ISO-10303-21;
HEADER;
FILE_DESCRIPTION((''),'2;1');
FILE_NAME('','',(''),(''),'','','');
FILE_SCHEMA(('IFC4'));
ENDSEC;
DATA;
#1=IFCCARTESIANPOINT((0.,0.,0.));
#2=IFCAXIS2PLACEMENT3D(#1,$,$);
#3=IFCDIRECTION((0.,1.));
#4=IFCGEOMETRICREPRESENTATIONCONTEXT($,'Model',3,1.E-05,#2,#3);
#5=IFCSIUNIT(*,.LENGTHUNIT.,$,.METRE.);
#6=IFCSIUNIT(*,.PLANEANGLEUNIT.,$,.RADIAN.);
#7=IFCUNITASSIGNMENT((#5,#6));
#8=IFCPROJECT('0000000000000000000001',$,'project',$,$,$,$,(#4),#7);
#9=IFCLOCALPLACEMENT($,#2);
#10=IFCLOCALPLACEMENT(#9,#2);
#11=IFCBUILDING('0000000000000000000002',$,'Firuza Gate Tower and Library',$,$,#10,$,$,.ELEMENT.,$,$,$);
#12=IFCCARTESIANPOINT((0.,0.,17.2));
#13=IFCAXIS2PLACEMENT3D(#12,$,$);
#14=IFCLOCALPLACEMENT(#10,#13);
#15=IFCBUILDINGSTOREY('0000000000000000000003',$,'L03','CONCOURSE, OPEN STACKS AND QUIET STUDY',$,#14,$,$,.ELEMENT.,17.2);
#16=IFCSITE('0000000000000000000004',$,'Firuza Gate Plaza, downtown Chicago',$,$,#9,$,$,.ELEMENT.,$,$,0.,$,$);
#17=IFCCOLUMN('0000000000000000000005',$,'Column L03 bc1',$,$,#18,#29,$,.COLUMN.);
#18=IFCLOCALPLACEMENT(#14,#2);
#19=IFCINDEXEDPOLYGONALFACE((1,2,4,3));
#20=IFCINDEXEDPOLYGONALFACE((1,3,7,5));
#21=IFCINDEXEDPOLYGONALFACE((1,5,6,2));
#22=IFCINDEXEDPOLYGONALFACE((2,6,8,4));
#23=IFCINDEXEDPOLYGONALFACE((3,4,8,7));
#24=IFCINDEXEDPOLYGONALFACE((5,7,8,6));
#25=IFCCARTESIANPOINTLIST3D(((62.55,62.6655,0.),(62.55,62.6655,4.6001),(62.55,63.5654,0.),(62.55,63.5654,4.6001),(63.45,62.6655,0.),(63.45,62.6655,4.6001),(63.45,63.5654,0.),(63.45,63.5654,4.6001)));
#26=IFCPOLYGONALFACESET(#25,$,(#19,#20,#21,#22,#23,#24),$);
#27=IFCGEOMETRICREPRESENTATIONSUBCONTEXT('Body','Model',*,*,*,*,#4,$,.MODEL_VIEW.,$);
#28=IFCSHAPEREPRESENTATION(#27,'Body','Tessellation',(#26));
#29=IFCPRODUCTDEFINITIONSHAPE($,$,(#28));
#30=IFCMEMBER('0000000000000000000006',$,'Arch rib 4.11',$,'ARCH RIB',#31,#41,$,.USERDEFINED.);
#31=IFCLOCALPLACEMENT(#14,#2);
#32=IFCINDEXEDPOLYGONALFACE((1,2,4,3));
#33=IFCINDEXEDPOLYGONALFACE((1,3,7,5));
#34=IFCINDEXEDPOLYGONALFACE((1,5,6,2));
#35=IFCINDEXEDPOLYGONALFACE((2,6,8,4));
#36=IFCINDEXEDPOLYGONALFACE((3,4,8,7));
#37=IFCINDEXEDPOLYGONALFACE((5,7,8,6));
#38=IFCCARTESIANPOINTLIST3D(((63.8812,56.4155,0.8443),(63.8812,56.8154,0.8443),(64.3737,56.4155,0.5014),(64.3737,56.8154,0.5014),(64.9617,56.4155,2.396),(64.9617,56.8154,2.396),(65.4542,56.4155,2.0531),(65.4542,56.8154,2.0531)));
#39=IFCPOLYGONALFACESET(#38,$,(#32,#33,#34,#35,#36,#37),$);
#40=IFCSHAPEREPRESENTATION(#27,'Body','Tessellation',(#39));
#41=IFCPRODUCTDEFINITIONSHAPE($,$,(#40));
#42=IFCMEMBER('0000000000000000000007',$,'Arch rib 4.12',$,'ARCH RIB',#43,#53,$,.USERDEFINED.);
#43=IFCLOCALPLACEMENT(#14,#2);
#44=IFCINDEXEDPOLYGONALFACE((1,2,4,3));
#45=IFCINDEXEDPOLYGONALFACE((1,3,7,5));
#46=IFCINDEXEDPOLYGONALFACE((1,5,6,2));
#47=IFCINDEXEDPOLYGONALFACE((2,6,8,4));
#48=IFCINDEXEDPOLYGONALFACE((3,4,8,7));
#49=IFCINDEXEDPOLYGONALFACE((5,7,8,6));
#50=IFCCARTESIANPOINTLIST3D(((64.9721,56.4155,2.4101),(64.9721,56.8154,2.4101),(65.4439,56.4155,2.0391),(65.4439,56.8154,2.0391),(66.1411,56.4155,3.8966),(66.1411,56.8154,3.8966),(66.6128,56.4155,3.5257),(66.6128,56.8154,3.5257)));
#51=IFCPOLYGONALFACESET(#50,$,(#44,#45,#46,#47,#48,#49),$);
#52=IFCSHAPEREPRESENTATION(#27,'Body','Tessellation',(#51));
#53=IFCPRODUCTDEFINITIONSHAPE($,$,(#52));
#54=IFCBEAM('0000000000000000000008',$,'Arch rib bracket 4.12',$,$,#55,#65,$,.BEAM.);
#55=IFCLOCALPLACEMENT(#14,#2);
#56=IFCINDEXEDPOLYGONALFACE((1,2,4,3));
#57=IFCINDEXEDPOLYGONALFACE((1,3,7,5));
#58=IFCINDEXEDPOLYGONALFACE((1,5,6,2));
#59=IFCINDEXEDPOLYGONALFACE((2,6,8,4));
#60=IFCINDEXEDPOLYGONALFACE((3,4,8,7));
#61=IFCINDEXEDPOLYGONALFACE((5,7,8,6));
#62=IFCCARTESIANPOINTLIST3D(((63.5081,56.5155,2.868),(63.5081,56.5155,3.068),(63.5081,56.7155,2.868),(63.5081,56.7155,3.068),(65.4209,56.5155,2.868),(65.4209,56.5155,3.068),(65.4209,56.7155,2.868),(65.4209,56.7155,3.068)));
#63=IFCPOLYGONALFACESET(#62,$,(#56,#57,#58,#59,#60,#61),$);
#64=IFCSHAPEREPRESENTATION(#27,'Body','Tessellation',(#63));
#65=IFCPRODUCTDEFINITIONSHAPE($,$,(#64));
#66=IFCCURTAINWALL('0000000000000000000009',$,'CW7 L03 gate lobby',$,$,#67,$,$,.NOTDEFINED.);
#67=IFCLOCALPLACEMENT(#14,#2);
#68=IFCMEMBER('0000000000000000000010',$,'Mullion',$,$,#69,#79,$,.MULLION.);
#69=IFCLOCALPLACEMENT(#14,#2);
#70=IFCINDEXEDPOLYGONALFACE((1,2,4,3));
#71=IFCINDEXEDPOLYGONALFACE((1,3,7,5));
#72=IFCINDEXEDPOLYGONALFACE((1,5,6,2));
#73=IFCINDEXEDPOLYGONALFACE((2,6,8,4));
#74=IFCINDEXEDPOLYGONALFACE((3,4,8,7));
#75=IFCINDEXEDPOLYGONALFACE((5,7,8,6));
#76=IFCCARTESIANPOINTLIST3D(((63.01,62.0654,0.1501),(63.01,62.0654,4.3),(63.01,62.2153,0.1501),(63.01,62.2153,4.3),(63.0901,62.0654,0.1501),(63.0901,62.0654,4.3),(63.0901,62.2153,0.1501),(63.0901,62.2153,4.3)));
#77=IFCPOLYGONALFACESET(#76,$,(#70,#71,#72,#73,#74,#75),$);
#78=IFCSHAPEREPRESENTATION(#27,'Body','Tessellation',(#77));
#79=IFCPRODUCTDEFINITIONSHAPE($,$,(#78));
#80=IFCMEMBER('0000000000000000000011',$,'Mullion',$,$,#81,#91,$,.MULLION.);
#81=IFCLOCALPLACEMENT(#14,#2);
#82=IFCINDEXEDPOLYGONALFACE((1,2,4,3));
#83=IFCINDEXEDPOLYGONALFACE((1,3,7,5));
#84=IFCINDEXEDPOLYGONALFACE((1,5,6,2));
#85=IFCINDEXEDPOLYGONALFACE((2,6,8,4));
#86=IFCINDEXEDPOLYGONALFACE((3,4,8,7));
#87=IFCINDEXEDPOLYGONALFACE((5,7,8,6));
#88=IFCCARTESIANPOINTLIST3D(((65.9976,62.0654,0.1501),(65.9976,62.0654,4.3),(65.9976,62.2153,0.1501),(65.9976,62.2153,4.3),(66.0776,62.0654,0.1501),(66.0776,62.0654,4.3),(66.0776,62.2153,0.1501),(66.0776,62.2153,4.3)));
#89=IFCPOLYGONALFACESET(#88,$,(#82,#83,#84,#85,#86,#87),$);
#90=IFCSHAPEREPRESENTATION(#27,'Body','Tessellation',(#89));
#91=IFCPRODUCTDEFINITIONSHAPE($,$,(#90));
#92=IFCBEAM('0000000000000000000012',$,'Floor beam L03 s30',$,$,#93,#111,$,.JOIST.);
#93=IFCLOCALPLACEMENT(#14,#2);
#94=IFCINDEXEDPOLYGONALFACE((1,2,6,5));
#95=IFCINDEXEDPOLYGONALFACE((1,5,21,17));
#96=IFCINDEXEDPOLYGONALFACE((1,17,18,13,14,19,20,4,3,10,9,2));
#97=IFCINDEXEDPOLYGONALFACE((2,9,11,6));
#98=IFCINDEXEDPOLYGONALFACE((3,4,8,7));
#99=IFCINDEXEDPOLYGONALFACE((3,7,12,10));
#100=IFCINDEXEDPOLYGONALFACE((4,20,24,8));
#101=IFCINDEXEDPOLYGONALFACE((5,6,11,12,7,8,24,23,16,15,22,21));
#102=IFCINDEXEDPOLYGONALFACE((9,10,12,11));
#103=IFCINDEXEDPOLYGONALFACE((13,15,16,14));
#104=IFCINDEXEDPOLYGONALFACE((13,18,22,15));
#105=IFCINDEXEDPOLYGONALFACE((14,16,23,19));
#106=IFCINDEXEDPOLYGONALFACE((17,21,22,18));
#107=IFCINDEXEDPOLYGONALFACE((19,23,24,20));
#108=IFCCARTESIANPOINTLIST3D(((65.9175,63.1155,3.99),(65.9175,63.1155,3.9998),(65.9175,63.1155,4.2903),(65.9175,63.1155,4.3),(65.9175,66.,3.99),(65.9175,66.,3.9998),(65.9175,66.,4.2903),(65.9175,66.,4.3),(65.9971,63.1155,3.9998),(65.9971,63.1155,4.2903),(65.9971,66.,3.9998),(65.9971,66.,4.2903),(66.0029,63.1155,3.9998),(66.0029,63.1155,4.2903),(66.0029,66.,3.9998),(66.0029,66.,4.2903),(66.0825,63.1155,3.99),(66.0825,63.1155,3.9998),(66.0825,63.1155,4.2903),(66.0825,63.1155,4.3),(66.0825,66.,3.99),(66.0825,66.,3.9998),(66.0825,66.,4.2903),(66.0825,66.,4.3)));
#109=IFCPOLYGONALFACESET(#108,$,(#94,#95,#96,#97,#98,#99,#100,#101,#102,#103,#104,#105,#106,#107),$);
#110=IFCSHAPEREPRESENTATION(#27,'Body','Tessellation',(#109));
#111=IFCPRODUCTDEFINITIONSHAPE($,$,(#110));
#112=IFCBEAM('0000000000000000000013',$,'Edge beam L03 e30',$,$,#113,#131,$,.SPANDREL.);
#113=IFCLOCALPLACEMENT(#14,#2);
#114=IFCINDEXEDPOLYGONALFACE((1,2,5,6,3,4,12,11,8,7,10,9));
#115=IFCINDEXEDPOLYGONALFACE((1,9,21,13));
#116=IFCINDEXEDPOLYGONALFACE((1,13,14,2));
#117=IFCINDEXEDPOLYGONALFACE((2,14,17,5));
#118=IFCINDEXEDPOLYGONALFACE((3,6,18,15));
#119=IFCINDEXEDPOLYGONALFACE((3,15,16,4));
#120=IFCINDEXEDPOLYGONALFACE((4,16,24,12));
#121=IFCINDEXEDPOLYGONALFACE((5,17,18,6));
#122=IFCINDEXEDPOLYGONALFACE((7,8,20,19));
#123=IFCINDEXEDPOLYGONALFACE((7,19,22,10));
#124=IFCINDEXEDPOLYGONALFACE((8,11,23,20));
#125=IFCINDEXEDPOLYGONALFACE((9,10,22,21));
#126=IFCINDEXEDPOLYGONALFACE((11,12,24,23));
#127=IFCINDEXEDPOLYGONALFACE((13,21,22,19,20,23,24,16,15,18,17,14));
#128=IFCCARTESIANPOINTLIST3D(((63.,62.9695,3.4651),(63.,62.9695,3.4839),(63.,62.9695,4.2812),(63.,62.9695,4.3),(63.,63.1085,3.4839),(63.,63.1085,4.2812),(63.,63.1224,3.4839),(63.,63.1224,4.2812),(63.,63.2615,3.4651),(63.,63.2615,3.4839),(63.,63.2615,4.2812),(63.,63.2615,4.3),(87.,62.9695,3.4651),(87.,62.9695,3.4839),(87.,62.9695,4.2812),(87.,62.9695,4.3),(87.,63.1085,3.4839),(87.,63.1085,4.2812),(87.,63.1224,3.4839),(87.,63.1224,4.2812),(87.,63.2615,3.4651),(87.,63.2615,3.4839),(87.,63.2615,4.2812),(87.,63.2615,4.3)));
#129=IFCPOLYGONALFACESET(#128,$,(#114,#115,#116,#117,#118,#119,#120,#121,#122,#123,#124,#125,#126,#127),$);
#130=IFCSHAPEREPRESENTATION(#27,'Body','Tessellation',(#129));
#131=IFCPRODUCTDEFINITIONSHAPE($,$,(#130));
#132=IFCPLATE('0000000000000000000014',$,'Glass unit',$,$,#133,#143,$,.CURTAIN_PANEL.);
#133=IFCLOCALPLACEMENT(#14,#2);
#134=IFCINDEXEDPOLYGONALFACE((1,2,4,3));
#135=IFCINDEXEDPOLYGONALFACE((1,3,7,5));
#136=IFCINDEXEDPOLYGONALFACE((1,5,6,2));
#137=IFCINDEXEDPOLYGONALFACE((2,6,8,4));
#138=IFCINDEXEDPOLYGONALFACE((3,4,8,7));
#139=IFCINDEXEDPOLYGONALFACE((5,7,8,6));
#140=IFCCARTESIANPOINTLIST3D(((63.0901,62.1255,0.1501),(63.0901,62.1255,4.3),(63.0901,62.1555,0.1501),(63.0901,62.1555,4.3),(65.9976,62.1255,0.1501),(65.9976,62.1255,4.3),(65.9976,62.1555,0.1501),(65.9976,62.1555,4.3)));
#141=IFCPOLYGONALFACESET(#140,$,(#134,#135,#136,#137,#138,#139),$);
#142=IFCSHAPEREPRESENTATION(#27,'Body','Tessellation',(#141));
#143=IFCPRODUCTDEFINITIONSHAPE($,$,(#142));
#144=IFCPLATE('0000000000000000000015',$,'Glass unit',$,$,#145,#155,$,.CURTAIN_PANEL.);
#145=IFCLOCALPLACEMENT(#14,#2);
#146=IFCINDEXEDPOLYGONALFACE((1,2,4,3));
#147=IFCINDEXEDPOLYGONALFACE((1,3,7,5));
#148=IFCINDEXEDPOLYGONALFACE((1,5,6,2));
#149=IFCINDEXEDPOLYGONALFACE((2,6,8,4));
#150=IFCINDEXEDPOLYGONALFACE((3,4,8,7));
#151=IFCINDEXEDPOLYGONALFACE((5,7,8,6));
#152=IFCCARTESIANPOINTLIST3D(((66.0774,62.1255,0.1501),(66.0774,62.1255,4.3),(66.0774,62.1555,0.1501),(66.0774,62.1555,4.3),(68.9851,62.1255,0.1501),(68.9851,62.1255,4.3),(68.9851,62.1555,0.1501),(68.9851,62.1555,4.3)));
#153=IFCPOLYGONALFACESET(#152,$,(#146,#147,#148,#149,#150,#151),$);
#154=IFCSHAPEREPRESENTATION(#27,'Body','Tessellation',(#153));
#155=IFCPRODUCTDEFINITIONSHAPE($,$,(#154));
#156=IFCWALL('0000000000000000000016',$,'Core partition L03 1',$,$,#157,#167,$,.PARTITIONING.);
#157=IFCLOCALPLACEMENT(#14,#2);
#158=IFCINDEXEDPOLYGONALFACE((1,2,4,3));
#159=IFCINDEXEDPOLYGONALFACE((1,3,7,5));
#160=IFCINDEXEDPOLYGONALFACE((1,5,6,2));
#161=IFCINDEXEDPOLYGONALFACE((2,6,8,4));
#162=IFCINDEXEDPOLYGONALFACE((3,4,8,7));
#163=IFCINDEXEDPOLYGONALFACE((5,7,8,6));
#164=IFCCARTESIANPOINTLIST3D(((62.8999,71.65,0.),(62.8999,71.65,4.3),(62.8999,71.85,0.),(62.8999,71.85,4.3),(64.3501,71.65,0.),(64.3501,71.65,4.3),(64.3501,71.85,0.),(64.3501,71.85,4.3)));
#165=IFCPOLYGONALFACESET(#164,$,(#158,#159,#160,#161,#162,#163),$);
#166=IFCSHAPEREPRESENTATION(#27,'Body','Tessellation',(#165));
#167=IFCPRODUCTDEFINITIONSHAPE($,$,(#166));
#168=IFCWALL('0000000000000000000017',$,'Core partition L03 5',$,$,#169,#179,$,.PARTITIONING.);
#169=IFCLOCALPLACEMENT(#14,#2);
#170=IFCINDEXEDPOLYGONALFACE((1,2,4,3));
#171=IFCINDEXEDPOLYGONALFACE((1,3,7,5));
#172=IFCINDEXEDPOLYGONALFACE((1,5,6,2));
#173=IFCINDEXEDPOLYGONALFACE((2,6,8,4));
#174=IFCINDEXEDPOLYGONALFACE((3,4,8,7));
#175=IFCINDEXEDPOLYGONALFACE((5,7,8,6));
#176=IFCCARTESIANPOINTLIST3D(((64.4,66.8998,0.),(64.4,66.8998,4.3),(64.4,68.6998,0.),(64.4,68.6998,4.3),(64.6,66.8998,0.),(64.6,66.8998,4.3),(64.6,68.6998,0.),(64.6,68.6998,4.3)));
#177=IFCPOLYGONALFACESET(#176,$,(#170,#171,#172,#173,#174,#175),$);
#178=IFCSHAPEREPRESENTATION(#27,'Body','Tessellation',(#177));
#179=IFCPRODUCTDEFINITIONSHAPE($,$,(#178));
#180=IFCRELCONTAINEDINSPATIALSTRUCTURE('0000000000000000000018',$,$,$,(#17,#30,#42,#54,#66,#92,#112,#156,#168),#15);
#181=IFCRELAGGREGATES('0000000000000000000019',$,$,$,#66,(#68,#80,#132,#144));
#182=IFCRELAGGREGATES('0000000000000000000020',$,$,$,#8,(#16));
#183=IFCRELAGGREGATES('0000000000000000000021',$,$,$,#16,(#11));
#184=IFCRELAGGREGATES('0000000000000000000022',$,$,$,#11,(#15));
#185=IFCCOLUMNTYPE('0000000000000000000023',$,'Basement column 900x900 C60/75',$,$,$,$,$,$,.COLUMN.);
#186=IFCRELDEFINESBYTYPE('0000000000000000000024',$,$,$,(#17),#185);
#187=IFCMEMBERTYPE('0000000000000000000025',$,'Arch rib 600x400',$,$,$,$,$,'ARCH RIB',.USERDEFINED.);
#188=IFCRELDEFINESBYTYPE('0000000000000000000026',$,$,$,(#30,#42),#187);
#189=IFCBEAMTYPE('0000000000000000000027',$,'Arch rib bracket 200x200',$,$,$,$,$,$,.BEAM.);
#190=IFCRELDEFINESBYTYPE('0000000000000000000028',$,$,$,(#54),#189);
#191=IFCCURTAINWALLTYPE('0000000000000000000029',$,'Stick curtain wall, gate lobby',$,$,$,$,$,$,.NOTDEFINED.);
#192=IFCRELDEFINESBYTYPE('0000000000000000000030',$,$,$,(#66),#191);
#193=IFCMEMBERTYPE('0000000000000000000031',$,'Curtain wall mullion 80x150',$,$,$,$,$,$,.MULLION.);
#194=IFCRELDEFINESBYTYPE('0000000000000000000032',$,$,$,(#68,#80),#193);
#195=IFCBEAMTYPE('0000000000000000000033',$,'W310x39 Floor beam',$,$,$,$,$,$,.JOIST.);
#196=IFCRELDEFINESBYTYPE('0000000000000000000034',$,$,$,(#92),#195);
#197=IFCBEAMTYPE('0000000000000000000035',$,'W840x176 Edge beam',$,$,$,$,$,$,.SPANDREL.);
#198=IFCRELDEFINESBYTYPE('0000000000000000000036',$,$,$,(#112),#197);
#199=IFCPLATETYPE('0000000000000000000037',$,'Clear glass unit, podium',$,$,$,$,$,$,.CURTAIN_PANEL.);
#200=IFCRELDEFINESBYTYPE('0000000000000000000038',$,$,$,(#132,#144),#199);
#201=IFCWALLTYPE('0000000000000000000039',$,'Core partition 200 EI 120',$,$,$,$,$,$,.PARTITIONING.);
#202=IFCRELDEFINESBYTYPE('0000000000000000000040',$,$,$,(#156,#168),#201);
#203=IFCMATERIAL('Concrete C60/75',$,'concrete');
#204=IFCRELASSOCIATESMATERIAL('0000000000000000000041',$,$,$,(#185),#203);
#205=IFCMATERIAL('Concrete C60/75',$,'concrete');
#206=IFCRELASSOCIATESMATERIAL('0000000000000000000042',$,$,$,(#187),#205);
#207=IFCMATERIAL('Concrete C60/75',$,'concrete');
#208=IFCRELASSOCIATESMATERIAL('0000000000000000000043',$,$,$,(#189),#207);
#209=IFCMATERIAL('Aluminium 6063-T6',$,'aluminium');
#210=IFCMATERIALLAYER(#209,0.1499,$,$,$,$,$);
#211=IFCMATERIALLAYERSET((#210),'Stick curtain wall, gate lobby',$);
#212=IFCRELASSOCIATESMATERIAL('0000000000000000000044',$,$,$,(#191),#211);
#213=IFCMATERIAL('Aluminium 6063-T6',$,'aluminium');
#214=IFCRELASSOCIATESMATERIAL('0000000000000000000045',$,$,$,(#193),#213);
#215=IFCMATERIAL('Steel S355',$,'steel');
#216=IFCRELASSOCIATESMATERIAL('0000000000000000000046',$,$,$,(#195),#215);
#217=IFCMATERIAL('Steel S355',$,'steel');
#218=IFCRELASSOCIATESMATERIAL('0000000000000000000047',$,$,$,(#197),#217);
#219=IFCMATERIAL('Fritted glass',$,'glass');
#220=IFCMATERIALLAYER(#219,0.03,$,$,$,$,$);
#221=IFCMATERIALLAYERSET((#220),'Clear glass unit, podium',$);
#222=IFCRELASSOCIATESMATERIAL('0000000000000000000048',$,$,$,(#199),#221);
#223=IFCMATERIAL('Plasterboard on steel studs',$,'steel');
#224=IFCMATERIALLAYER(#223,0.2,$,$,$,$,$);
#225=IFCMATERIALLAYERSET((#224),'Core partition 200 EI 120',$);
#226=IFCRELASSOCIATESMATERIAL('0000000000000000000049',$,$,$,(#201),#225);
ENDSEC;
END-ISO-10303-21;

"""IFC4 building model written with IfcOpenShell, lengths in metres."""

from ifc_helpers import new_model, si_unit, direction, frame, frame_2d, origin, origin_2d, place, context, subcontext, project, spatial, polyline, rectangle, i_section, outline, extrude, material, layer, layer_set, material_profile, profile_set, type_object, element, aggregate, save


model = new_model("IFC4")

# Units and contexts
model_context = context("Model", 3, precision=1e-05, world=origin(), true_north=direction((0.0, 1.0)))
body_context = subcontext(model_context, "Body", "Model", "MODEL_VIEW")
ifc_project = project(units=[si_unit("LENGTHUNIT", "METRE"), si_unit("PLANEANGLEUNIT", "RADIAN")], contexts=[model_context])

# Site, building, storey
site_placement = place(None, origin())
site = spatial("IfcSite", under=ifc_project, at=site_placement, Name="Firuza Gate Plaza, downtown Chicago", CompositionType="ELEMENT", RefElevation=0.0)
building_placement = place(site_placement, origin())
building = spatial("IfcBuilding", under=site, at=building_placement, Name="Firuza Gate Tower and Library", CompositionType="ELEMENT")
storey_placement = place(building_placement, frame((0.0, 0.0, 17.2)))
storey = spatial("IfcBuildingStorey", under=building, at=storey_placement, Name="L03", Description="CONCOURSE, OPEN STACKS AND QUIET STUDY", CompositionType="ELEMENT", Elevation=17.2)

# Column
ifc_material_1 = material(Name="Concrete C60/75", Category="concrete")
ifc_material_profile_1 = material_profile(ifc_material_1, rectangle(XDim=0.8999, YDim=0.8999, at=origin_2d()))
ifc_profile_set_1 = profile_set([ifc_material_profile_1], Name="Concrete C60/75")
column_type = type_object("IfcColumnType", Name="Basement column 900x900 C60/75", PredefinedType="COLUMN", material=ifc_profile_set_1)
column_placement = place(storey_placement, frame((63.0, 63.1155, 0.0), z_axis=(0.0, 0.0, 1.0), x_axis=(1.0, 0.0, 0.0)))
element("IfcColumn", 1, at=column_placement, inside=storey, type_object=column_type, Name="Column L03 bc1", PredefinedType="COLUMN", context=body_context, shape_type="SweptSolid", body=[
    extrude(rectangle(XDim=0.8999, YDim=0.8999, at=origin_2d()), origin(), (0.0, 0.0, 1.0), 4.6001),
])

# Members
ifc_material_2 = material(Name="Concrete C60/75", Category="concrete")
ifc_material_profile_2 = material_profile(ifc_material_2, rectangle(XDim=0.3999, YDim=0.6001, at=origin_2d()))
ifc_profile_set_2 = profile_set([ifc_material_profile_2], Name="Concrete C60/75")
member_type_1 = type_object("IfcMemberType", Name="Arch rib 600x400", ElementType="ARCH RIB", PredefinedType="USERDEFINED", material=ifc_profile_set_2)
member_1_placement = place(storey_placement, frame((64.1274, 56.6155, 0.6729), z_axis=(0.57145, 0.0, 0.820637), x_axis=(0.0, 1.0, 0.0)))
element("IfcMember", 2, at=member_1_placement, inside=storey, type_object=member_type_1, Name="Arch rib 4.11", ObjectType="ARCH RIB", PredefinedType="USERDEFINED", context=body_context, shape_type="SweptSolid", body=[
    extrude(rectangle(XDim=0.3999, YDim=0.6001, at=origin_2d()), origin(), (0.0, 0.0, 1.0), 1.8909),
])
member_2_placement = place(storey_placement, frame((65.208, 56.6155, 2.2246), z_axis=(0.618124, 0.0, 0.786081), x_axis=(0.0, 1.0, 0.0)))
element("IfcMember", 3, at=member_2_placement, inside=storey, type_object=member_type_1, Name="Arch rib 4.12", ObjectType="ARCH RIB", PredefinedType="USERDEFINED", context=body_context, shape_type="SweptSolid", body=[
    extrude(rectangle(XDim=0.3999, YDim=0.6001, at=origin_2d()), origin(), (0.0, 0.0, 1.0), 1.8911),
])

# Beam
ifc_material_3 = material(Name="Concrete C60/75", Category="concrete")
ifc_material_profile_3 = material_profile(ifc_material_3, rectangle(XDim=0.2, YDim=0.2, at=origin_2d()))
ifc_profile_set_3 = profile_set([ifc_material_profile_3], Name="Concrete C60/75")
beam_type_1 = type_object("IfcBeamType", Name="Arch rib bracket 200x200", PredefinedType="BEAM", material=ifc_profile_set_3)
beam_1_placement = place(storey_placement, frame((63.5081, 56.6155, 2.968), z_axis=(1.0, 0.0, 0.0), x_axis=(0.0, 1.0, 0.0)))
element("IfcBeam", 4, at=beam_1_placement, inside=storey, type_object=beam_type_1, Name="Arch rib bracket 4.12", PredefinedType="BEAM", context=body_context, shape_type="SweptSolid", body=[
    extrude(rectangle(XDim=0.2, YDim=0.2, at=origin_2d()), origin(), (0.0, 0.0, 1.0), 1.9128),
])

# Curtain wall, members
ifc_material_4 = material(Name="Aluminium 6063-T6", Category="aluminium")
ifc_layer_1 = layer(ifc_material_4, 0.1499)
ifc_layer_set_1 = layer_set([ifc_layer_1], Name="Stick curtain wall, gate lobby")
curtain_wall_type = type_object("IfcCurtainWallType", Name="Stick curtain wall, gate lobby", PredefinedType="NOTDEFINED", material=ifc_layer_set_1)
curtain_wall_placement = place(storey_placement, origin())
curtain_wall = element("IfcCurtainWall", 5, at=curtain_wall_placement, inside=storey, type_object=curtain_wall_type, Name="CW7 L03 gate lobby", PredefinedType="NOTDEFINED")
ifc_material_5 = material(Name="Aluminium 6063-T6", Category="aluminium")
ifc_material_profile_4 = material_profile(ifc_material_5, rectangle(XDim=0.1499, YDim=0.0801, at=origin_2d()))
ifc_profile_set_4 = profile_set([ifc_material_profile_4], Name="Aluminium 6063-T6")
member_type_2 = type_object("IfcMemberType", Name="Curtain wall mullion 80x150", PredefinedType="MULLION", material=ifc_profile_set_4)
member_3_placement = place(storey_placement, frame((63.05, 62.1404, 0.1501), z_axis=(0.0, 0.0, 1.0), x_axis=(0.0, 1.0, 0.0)))
member_3 = element("IfcMember", 6, at=member_3_placement, type_object=member_type_2, Name="Mullion", PredefinedType="MULLION", context=body_context, shape_type="SweptSolid", body=[
    extrude(rectangle(XDim=0.1499, YDim=0.0801, at=origin_2d()), origin(), (0.0, 0.0, 1.0), 4.1499),
])
member_4_placement = place(storey_placement, frame((66.0376, 62.1404, 0.1501), z_axis=(0.0, 0.0, 1.0), x_axis=(0.0, 1.0, 0.0)))
member_4 = element("IfcMember", 7, at=member_4_placement, type_object=member_type_2, Name="Mullion", PredefinedType="MULLION", context=body_context, shape_type="SweptSolid", body=[
    extrude(rectangle(XDim=0.1499, YDim=0.0801, at=origin_2d()), origin(), (0.0, 0.0, 1.0), 4.1499),
])

# Beams
ifc_material_6 = material(Name="Steel S355", Category="steel")
ifc_material_profile_5 = material_profile(ifc_material_6, i_section(OverallWidth=0.165, OverallDepth=0.3101, WebThickness=0.0059, FlangeThickness=0.0098, at=origin_2d()))
ifc_profile_set_5 = profile_set([ifc_material_profile_5], Name="Steel S355")
beam_type_2 = type_object("IfcBeamType", Name="W310x39 Floor beam", PredefinedType="JOIST", material=ifc_profile_set_5)
beam_2_placement = place(storey_placement, frame((66.0, 63.1155, 4.145), z_axis=(0.0, 1.0, 0.0), x_axis=(-1.0, 0.0, 0.0)))
element("IfcBeam", 8, at=beam_2_placement, inside=storey, type_object=beam_type_2, Name="Floor beam L03 s30", PredefinedType="JOIST", context=body_context, shape_type="SweptSolid", body=[
    extrude(i_section(OverallWidth=0.165, OverallDepth=0.3101, WebThickness=0.0059, FlangeThickness=0.0098, at=origin_2d()), origin(), (0.0, 0.0, 1.0), 2.8845),
])
ifc_material_7 = material(Name="Steel S355", Category="steel")
ifc_material_profile_6 = material_profile(ifc_material_7, i_section(OverallWidth=0.292, OverallDepth=0.835, WebThickness=0.0139, FlangeThickness=0.0188, at=origin_2d()))
ifc_profile_set_6 = profile_set([ifc_material_profile_6], Name="Steel S355")
beam_type_3 = type_object("IfcBeamType", Name="W840x176 Edge beam", PredefinedType="SPANDREL", material=ifc_profile_set_6)
beam_3_placement = place(storey_placement, frame((63.0, 63.1155, 3.8826), z_axis=(1.0, 0.0, 0.0), x_axis=(0.0, 1.0, 0.0)))
element("IfcBeam", 9, at=beam_3_placement, inside=storey, type_object=beam_type_3, Name="Edge beam L03 e30", PredefinedType="SPANDREL", context=body_context, shape_type="SweptSolid", body=[
    extrude(i_section(OverallWidth=0.292, OverallDepth=0.835, WebThickness=0.0139, FlangeThickness=0.0188, at=origin_2d()), origin(), (0.0, 0.0, 1.0), 24.0),
])

# Plates
ifc_material_8 = material(Name="Fritted glass", Category="glass")
ifc_layer_2 = layer(ifc_material_8, 0.03)
ifc_layer_set_2 = layer_set([ifc_layer_2], Name="Clear glass unit, podium")
plate_type = type_object("IfcPlateType", Name="Clear glass unit, podium", PredefinedType="CURTAIN_PANEL", material=ifc_layer_set_2)
plate_1_placement = place(storey_placement, frame((63.0901, 62.1255, 0.1501), z_axis=(0.0, -1.0, 0.0), x_axis=(1.0, 0.0, 0.0)))
plate_1 = element("IfcPlate", 10, at=plate_1_placement, type_object=plate_type, Name="Glass unit", PredefinedType="CURTAIN_PANEL", context=body_context, shape_type="SweptSolid", body=[
    extrude(outline(polyline([(0.0, 0.0), (2.9075, 0.0), (2.9075, 4.1499), (0.0, 4.1499), (0.0, 0.0)])), origin(), (0.0, 0.0, -1.0), 0.03),
])
plate_2_placement = place(storey_placement, frame((66.0774, 62.1255, 0.1501), z_axis=(0.0, -1.0, 0.0), x_axis=(1.0, 0.0, 0.0)))
plate_2 = element("IfcPlate", 11, at=plate_2_placement, type_object=plate_type, Name="Glass unit", PredefinedType="CURTAIN_PANEL", context=body_context, shape_type="SweptSolid", body=[
    extrude(outline(polyline([(0.0, 0.0), (2.9077, 0.0), (2.9077, 4.1499), (0.0, 4.1499), (0.0, 0.0)])), origin(), (0.0, 0.0, -1.0), 0.03),
])
aggregate(curtain_wall, [member_3, member_4, plate_1, plate_2])

# Walls
ifc_material_9 = material(Name="Plasterboard on steel studs", Category="steel")
ifc_layer_3 = layer(ifc_material_9, 0.2)
ifc_layer_set_3 = layer_set([ifc_layer_3], Name="Core partition 200 EI 120")
wall_type_1 = type_object("IfcWallType", Name="Core partition 200 EI 120", PredefinedType="PARTITIONING", material=ifc_layer_set_3)
wall_1_placement = place(storey_placement, frame((62.8999, 71.75, 0.0), z_axis=(0.0, 0.0, 1.0), x_axis=(1.0, 0.0, 0.0)))
element("IfcWall", 12, at=wall_1_placement, inside=storey, type_object=wall_type_1, Name="Core partition L03 1", PredefinedType="PARTITIONING", context=body_context, shape_type="SweptSolid", body=[
    extrude(rectangle(XDim=1.4502, YDim=0.2, at=frame_2d((0.7251, 0.0))), origin(), (0.0, 0.0, 1.0), 4.3),
])
wall_2_placement = place(storey_placement, frame((64.5, 66.8999, 0.0), z_axis=(0.0, 0.0, 1.0), x_axis=(0.0, 1.0, 0.0)))
element("IfcWall", 13, at=wall_2_placement, inside=storey, type_object=wall_type_1, Name="Core partition L03 5", PredefinedType="PARTITIONING", context=body_context, shape_type="SweptSolid", body=[
    extrude(rectangle(XDim=1.8, YDim=0.2, at=frame_2d((0.8999, 0.0))), origin(), (0.0, 0.0, 1.0), 4.3),
])

save(model, "model.ifc")
